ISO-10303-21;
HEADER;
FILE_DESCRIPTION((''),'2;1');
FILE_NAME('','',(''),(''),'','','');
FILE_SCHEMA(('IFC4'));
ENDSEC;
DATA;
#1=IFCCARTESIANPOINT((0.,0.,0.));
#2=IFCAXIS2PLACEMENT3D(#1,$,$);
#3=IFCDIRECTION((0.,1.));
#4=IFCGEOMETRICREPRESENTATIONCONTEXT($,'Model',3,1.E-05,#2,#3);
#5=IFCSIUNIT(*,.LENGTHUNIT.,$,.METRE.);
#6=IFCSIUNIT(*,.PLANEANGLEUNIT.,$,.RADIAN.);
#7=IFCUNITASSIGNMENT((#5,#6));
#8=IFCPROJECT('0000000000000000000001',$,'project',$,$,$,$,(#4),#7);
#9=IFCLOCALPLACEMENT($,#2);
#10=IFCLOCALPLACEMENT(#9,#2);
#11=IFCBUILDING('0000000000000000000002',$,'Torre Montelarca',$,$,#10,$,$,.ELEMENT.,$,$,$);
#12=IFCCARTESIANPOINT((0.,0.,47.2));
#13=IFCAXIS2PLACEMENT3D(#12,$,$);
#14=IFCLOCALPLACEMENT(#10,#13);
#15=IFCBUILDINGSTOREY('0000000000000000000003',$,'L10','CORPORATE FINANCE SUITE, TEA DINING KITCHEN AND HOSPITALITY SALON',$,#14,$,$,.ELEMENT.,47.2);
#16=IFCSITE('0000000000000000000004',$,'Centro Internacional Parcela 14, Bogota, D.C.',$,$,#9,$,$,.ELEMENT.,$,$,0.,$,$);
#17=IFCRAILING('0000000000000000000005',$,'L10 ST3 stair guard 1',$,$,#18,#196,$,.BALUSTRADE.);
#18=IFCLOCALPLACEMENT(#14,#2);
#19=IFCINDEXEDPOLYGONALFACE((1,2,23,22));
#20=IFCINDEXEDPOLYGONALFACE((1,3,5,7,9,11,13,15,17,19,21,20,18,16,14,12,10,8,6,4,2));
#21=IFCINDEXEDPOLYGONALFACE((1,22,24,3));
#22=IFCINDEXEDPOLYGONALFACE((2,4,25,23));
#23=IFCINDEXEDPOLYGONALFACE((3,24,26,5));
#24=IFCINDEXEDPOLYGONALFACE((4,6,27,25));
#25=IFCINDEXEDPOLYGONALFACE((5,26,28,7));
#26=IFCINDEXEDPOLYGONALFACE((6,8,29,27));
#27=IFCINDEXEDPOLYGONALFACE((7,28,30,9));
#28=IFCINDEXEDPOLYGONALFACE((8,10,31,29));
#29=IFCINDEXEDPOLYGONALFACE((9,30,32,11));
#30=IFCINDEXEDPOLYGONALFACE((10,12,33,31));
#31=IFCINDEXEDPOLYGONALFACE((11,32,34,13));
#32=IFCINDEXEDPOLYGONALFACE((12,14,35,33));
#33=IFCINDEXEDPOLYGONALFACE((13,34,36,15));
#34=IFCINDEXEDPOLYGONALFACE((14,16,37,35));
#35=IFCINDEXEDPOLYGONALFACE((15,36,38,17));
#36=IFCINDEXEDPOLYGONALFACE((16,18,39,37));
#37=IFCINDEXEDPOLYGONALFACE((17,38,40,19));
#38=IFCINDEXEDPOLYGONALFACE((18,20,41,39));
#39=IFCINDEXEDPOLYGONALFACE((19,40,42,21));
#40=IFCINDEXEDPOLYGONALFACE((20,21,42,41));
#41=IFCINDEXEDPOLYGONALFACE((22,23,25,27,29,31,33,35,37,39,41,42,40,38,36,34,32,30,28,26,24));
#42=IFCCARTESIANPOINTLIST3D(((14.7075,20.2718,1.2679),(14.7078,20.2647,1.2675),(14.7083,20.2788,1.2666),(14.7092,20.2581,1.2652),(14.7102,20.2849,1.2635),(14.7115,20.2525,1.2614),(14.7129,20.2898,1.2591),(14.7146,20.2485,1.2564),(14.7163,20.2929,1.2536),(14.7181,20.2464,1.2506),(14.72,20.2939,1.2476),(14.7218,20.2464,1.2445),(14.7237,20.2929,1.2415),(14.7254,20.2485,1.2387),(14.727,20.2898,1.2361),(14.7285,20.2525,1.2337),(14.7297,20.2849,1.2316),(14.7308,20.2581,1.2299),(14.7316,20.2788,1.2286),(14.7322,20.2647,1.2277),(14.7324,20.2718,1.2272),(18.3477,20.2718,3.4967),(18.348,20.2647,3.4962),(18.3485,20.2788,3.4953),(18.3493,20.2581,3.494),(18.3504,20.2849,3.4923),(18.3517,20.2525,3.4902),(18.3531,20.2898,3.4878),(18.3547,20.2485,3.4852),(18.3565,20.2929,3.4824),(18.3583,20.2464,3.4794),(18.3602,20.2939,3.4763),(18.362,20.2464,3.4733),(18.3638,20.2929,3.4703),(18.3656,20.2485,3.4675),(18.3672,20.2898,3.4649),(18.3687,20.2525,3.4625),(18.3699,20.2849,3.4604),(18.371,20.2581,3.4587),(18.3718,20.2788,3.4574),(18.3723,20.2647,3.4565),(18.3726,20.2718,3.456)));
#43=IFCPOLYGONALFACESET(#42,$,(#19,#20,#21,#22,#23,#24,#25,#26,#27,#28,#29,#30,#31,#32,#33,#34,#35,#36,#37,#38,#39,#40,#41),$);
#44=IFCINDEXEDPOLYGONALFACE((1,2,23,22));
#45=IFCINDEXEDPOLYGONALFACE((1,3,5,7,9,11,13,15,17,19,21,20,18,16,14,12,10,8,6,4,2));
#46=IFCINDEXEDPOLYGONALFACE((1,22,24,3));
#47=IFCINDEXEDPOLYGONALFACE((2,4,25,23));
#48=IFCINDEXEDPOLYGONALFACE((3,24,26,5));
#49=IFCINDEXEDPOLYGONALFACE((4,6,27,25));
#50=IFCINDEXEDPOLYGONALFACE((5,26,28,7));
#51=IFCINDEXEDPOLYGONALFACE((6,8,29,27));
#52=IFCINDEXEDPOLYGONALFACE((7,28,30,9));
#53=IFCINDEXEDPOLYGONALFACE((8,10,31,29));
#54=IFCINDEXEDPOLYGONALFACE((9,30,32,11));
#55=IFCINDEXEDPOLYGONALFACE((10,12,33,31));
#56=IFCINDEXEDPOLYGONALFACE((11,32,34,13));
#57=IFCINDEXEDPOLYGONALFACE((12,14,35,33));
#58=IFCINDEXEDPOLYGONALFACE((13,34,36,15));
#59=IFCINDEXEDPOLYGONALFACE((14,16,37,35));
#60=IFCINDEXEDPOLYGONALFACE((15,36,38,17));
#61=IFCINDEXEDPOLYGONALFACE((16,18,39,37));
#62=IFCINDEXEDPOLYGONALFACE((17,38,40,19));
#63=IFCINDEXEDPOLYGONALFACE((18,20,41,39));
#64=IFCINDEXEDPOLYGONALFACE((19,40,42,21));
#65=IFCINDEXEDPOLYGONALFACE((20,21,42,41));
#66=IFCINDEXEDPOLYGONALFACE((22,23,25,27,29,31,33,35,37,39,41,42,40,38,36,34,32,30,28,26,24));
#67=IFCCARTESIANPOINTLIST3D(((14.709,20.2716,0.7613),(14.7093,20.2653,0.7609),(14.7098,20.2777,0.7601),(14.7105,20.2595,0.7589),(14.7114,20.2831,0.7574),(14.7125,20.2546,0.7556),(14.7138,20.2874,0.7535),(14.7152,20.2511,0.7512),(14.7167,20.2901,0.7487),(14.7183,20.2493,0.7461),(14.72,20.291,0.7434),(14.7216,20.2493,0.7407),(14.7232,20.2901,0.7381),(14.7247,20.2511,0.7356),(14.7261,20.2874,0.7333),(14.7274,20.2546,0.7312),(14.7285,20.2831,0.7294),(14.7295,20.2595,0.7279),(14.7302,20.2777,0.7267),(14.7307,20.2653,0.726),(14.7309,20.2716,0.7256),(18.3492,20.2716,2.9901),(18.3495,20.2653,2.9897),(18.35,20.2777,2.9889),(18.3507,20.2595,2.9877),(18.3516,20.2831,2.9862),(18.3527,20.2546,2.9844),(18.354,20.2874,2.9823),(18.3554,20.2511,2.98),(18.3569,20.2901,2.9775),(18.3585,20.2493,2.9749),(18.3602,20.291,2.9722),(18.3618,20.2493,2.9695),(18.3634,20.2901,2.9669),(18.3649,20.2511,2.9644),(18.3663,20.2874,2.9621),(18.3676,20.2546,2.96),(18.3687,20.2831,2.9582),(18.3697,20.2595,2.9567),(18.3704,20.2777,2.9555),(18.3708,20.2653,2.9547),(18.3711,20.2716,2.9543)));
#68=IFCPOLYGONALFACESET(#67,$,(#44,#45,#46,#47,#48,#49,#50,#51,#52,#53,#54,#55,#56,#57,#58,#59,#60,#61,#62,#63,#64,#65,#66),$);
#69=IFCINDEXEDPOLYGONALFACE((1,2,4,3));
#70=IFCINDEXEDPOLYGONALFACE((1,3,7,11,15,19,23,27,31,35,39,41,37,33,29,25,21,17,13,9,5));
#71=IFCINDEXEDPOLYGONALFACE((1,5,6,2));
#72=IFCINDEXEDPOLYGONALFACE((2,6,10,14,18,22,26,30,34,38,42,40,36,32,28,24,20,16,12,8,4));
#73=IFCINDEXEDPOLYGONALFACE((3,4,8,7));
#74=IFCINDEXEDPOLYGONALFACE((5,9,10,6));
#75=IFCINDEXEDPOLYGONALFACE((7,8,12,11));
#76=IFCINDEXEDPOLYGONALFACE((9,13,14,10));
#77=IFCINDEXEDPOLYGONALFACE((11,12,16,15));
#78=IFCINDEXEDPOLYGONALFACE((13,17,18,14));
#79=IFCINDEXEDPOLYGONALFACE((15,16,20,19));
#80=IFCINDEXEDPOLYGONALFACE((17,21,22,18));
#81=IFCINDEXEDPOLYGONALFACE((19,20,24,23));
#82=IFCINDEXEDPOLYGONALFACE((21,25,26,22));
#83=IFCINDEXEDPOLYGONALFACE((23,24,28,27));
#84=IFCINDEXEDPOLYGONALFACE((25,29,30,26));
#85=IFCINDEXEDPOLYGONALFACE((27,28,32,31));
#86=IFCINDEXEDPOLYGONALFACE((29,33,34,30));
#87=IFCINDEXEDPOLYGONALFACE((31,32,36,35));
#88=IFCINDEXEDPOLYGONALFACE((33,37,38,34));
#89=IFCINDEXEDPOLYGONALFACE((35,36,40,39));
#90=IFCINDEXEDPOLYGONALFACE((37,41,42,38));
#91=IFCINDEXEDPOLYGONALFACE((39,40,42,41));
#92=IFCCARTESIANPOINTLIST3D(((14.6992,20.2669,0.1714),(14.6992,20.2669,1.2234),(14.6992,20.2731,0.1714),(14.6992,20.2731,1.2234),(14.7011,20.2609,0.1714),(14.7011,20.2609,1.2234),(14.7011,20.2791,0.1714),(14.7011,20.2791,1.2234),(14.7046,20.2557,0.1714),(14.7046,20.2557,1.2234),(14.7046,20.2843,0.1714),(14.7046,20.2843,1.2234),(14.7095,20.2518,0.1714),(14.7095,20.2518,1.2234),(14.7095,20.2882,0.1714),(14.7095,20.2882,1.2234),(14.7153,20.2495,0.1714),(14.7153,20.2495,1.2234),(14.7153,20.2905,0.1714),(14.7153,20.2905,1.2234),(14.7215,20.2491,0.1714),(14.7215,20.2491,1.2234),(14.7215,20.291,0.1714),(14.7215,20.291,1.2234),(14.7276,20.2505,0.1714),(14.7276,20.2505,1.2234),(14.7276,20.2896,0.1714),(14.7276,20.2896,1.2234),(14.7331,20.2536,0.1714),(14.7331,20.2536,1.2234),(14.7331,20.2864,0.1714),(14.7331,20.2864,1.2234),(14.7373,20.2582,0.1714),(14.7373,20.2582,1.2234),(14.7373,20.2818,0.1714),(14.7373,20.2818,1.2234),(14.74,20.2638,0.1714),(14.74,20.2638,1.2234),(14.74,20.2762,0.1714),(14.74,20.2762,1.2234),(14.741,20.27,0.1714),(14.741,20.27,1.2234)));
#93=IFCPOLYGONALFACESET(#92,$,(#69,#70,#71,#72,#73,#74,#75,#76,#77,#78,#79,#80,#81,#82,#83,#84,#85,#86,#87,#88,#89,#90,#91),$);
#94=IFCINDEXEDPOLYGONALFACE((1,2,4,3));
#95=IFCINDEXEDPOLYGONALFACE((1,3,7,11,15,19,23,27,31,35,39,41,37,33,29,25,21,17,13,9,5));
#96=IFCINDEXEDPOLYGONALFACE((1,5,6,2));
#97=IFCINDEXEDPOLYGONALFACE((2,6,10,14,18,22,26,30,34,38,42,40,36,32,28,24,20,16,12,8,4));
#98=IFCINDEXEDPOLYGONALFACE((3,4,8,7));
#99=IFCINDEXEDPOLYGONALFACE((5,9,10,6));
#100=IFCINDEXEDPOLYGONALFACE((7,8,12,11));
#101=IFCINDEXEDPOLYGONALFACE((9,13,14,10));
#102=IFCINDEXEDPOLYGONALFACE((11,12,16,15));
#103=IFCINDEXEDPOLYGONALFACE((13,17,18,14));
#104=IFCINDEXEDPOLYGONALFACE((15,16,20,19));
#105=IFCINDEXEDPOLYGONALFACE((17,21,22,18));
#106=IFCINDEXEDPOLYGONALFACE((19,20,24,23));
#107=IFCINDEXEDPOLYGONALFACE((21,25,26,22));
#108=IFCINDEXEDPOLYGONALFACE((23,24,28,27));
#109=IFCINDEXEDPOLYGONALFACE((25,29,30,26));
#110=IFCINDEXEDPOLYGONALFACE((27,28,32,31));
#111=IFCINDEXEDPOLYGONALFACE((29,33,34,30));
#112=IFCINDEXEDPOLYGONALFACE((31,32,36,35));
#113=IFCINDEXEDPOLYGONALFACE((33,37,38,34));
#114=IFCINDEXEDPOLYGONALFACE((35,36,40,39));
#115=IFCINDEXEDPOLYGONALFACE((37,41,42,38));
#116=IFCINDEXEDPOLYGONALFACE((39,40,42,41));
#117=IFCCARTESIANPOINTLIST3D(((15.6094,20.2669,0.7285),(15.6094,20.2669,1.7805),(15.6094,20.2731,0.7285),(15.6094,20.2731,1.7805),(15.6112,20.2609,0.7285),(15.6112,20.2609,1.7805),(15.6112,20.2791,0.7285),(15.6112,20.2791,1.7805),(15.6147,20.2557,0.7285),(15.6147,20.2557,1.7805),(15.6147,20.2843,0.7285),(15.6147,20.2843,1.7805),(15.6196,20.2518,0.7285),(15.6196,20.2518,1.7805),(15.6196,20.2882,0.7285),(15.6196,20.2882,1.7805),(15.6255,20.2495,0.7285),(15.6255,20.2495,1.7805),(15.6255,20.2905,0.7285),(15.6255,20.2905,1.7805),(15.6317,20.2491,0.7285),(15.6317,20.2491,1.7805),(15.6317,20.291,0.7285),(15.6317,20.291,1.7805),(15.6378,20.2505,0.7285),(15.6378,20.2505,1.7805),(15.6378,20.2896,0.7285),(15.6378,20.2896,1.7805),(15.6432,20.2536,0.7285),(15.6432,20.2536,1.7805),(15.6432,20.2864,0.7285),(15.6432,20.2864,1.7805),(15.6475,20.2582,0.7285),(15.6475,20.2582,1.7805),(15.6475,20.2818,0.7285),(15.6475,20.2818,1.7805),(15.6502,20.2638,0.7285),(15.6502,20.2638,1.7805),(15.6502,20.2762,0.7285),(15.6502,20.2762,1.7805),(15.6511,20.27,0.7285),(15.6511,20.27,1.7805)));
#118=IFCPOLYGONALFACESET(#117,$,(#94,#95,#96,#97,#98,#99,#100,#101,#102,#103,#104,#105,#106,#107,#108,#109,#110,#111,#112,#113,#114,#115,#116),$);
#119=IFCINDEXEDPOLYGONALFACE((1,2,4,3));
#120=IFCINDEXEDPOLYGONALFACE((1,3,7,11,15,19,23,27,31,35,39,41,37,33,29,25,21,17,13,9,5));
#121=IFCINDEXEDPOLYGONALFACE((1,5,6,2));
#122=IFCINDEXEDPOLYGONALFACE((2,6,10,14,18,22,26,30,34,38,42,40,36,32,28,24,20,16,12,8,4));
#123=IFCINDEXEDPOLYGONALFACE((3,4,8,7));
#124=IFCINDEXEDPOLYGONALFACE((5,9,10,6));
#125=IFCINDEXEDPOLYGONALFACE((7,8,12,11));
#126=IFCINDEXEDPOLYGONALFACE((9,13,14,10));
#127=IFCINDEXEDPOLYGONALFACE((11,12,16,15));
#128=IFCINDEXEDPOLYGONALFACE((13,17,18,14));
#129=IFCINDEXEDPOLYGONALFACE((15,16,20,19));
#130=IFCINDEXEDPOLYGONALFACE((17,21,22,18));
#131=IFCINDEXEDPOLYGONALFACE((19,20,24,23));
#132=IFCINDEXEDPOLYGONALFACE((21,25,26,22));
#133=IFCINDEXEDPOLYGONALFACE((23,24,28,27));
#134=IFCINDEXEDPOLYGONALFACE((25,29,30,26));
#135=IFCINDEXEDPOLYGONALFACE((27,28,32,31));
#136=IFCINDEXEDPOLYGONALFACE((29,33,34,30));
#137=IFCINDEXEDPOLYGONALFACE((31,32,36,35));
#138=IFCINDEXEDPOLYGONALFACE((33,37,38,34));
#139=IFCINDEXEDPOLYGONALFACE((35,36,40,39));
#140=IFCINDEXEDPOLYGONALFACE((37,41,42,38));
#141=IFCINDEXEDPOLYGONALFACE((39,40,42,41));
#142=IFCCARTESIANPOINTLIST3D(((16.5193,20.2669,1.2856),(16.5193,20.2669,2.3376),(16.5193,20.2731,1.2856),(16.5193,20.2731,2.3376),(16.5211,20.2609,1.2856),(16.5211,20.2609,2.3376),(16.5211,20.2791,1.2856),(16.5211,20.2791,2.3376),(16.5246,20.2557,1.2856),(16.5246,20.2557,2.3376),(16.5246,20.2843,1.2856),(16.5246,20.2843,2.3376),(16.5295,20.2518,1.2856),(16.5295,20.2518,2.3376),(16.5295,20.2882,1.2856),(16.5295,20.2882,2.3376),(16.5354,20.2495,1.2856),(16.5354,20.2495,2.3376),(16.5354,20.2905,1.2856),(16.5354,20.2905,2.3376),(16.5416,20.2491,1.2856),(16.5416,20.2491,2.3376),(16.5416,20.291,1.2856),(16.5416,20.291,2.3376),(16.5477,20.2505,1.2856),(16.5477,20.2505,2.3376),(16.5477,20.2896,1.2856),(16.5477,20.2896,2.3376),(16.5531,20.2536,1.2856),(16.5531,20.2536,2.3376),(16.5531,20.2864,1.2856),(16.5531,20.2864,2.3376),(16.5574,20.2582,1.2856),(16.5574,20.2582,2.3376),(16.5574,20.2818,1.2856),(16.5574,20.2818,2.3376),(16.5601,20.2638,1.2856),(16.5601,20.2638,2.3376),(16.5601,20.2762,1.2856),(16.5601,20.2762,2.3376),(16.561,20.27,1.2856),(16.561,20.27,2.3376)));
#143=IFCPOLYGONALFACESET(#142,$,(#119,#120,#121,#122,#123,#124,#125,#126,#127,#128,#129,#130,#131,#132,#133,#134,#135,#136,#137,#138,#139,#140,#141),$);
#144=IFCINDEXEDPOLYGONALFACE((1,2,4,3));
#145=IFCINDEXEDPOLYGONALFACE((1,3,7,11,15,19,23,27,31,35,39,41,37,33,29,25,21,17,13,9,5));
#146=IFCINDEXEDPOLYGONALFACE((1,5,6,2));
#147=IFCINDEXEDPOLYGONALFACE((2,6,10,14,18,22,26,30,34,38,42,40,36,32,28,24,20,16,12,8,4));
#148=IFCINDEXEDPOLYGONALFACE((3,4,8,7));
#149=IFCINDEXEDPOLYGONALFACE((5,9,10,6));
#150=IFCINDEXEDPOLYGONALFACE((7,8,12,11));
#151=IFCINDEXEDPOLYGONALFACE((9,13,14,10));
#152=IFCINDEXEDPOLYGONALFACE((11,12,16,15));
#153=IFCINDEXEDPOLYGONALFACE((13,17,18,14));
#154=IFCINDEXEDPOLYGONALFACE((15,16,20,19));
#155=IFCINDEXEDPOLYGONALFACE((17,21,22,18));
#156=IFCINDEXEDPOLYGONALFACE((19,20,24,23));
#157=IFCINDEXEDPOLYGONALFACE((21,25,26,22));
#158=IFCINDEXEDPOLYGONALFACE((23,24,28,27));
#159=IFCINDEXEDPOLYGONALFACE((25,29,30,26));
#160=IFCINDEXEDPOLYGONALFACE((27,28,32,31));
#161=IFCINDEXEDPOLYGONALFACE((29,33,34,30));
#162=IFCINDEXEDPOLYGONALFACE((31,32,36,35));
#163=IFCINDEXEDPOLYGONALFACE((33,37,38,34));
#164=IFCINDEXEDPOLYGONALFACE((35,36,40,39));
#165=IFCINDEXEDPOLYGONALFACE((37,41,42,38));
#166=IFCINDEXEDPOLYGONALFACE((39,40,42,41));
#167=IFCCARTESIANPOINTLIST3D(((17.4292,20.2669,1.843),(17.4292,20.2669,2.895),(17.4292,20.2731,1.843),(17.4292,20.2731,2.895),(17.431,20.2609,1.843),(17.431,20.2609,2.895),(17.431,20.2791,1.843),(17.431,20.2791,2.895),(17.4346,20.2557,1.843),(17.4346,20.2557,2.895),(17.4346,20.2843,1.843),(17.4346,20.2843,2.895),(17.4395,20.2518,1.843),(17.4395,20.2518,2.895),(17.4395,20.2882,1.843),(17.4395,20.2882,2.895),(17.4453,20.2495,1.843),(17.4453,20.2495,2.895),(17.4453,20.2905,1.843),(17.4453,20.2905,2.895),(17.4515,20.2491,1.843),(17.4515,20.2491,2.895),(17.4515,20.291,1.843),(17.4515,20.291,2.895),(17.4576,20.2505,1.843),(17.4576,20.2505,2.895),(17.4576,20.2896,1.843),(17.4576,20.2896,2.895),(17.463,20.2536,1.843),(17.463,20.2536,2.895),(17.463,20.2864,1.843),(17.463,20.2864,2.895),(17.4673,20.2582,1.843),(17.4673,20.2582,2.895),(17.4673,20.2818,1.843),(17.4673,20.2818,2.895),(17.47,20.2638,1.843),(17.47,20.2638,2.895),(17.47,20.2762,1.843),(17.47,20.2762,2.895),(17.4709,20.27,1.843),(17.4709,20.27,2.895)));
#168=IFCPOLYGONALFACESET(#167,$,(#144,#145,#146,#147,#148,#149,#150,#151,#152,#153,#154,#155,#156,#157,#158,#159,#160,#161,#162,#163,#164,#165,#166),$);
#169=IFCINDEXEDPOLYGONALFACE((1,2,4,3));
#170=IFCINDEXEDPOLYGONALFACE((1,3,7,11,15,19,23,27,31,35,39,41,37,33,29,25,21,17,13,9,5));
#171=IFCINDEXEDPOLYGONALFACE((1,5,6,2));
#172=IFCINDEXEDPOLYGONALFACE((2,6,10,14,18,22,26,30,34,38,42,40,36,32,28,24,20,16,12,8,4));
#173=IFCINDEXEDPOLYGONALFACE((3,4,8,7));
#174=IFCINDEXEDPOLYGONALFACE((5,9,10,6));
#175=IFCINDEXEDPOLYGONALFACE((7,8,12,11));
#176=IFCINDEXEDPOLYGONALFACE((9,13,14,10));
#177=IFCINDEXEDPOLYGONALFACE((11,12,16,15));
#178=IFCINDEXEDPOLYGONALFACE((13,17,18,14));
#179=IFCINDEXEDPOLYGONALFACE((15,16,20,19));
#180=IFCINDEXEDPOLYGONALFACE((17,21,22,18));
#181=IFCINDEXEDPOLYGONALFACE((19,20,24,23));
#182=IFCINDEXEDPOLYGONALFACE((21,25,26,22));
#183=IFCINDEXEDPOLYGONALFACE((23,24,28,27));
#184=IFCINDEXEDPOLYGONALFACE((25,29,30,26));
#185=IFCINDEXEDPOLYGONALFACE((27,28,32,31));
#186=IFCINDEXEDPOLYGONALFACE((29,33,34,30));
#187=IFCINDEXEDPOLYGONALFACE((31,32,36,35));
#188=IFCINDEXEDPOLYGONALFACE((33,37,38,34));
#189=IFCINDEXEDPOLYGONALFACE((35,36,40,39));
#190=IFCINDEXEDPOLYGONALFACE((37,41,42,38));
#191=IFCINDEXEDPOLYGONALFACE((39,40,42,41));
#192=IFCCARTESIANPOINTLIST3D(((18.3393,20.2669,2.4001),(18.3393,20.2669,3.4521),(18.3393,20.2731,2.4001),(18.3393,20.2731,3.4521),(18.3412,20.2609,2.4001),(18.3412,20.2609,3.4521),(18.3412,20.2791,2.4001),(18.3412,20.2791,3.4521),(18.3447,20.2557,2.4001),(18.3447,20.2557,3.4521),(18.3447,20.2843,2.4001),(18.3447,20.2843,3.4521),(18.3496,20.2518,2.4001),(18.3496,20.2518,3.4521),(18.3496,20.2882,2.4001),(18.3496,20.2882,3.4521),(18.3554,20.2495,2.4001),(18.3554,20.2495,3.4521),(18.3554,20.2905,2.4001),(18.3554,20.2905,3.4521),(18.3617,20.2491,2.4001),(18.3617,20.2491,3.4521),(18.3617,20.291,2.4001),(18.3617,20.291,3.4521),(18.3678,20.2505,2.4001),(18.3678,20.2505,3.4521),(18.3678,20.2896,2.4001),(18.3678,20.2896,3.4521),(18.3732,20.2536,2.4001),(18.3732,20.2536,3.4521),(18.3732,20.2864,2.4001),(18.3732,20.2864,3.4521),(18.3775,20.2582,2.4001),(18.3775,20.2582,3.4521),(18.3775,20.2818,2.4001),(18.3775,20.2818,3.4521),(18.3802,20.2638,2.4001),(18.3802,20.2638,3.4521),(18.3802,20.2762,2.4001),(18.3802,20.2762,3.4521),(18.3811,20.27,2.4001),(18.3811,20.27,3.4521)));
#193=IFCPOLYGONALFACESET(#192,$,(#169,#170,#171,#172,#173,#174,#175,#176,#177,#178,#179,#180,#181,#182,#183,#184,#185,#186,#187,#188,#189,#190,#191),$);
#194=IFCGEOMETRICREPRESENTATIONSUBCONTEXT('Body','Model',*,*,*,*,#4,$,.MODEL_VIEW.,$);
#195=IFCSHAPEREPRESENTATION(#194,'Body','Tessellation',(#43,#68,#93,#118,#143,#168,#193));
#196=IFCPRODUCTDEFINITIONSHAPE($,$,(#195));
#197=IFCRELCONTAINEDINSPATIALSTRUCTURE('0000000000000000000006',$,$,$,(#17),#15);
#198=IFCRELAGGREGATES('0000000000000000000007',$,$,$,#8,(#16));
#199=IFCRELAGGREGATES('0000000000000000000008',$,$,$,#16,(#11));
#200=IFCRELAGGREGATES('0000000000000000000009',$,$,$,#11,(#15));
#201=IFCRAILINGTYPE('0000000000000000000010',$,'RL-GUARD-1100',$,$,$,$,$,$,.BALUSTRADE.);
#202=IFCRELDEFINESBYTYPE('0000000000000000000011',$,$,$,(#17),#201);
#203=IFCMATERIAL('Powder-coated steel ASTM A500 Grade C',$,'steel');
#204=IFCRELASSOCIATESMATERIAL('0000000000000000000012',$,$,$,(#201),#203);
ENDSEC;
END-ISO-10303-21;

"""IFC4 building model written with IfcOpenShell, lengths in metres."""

from ifc_helpers import new_model, si_unit, direction, frame, origin, origin_2d, place, context, subcontext, project, spatial, circle, extrude, material, type_object, element, save


model = new_model("IFC4")

# Units and contexts
model_context = context("Model", 3, precision=1e-05, world=origin(), true_north=direction((0.0, 1.0)))
body_context = subcontext(model_context, "Body", "Model", "MODEL_VIEW")
ifc_project = project(units=[si_unit("LENGTHUNIT", "METRE"), si_unit("PLANEANGLEUNIT", "RADIAN")], contexts=[model_context])

# Site, building, storey
site_placement = place(None, origin())
site = spatial("IfcSite", under=ifc_project, at=site_placement, Name="Centro Internacional Parcela 14, Bogota, D.C.", CompositionType="ELEMENT", RefElevation=0.0)
building_placement = place(site_placement, origin())
building = spatial("IfcBuilding", under=site, at=building_placement, Name="Torre Montelarca", CompositionType="ELEMENT")
storey_placement = place(building_placement, frame((0.0, 0.0, 47.2)))
storey = spatial("IfcBuildingStorey", under=building, at=storey_placement, Name="L10", Description="CORPORATE FINANCE SUITE, TEA DINING KITCHEN AND HOSPITALITY SALON", CompositionType="ELEMENT", Elevation=47.2)

# Railing
ifc_material_1 = material(Name="Powder-coated steel ASTM A500 Grade C", Category="steel")
railing_type_1 = type_object("IfcRailingType", Name="RL-GUARD-1100", PredefinedType="BALUSTRADE", material=ifc_material_1)
railing_1_placement = place(storey_placement, frame((14.72, 20.27, 0.1714)))
element("IfcRailing", 1, at=railing_1_placement, inside=storey, type_object=railing_type_1, Name="L10 ST3 stair guard 1", PredefinedType="BALUSTRADE", context=body_context, shape_type="SweptSolid", body=[
    extrude(circle(Radius=0.0239, at=origin_2d()), frame((0.0, 0.0, 1.0762), z_axis=(0.85284, 0.0, 0.522172), x_axis=(0.0, 1.0, 0.0)), (0.0, 0.0, 1.0), 4.2683),
    extrude(circle(Radius=0.021, at=origin_2d()), frame((0.0, 0.0, 0.572), z_axis=(0.85284, 0.0, 0.522172), x_axis=(0.0, 1.0, 0.0)), (0.0, 0.0, 1.0), 4.2683),
    extrude(circle(Radius=0.021, at=origin_2d()), origin(), (0.0, 0.0, 1.0), 1.052),
    extrude(circle(Radius=0.021, at=origin_2d()), frame((0.9102, 0.0, 0.5571)), (0.0, 0.0, 1.0), 1.052),
    extrude(circle(Radius=0.021, at=origin_2d()), frame((1.8201, 0.0, 1.1143)), (0.0, 0.0, 1.0), 1.052),
    extrude(circle(Radius=0.021, at=origin_2d()), frame((2.73, 0.0, 1.6716)), (0.0, 0.0, 1.0), 1.052),
    extrude(circle(Radius=0.021, at=origin_2d()), frame((3.6401, 0.0, 2.2288)), (0.0, 0.0, 1.0), 1.052),
])

save(model, "model.ifc")
